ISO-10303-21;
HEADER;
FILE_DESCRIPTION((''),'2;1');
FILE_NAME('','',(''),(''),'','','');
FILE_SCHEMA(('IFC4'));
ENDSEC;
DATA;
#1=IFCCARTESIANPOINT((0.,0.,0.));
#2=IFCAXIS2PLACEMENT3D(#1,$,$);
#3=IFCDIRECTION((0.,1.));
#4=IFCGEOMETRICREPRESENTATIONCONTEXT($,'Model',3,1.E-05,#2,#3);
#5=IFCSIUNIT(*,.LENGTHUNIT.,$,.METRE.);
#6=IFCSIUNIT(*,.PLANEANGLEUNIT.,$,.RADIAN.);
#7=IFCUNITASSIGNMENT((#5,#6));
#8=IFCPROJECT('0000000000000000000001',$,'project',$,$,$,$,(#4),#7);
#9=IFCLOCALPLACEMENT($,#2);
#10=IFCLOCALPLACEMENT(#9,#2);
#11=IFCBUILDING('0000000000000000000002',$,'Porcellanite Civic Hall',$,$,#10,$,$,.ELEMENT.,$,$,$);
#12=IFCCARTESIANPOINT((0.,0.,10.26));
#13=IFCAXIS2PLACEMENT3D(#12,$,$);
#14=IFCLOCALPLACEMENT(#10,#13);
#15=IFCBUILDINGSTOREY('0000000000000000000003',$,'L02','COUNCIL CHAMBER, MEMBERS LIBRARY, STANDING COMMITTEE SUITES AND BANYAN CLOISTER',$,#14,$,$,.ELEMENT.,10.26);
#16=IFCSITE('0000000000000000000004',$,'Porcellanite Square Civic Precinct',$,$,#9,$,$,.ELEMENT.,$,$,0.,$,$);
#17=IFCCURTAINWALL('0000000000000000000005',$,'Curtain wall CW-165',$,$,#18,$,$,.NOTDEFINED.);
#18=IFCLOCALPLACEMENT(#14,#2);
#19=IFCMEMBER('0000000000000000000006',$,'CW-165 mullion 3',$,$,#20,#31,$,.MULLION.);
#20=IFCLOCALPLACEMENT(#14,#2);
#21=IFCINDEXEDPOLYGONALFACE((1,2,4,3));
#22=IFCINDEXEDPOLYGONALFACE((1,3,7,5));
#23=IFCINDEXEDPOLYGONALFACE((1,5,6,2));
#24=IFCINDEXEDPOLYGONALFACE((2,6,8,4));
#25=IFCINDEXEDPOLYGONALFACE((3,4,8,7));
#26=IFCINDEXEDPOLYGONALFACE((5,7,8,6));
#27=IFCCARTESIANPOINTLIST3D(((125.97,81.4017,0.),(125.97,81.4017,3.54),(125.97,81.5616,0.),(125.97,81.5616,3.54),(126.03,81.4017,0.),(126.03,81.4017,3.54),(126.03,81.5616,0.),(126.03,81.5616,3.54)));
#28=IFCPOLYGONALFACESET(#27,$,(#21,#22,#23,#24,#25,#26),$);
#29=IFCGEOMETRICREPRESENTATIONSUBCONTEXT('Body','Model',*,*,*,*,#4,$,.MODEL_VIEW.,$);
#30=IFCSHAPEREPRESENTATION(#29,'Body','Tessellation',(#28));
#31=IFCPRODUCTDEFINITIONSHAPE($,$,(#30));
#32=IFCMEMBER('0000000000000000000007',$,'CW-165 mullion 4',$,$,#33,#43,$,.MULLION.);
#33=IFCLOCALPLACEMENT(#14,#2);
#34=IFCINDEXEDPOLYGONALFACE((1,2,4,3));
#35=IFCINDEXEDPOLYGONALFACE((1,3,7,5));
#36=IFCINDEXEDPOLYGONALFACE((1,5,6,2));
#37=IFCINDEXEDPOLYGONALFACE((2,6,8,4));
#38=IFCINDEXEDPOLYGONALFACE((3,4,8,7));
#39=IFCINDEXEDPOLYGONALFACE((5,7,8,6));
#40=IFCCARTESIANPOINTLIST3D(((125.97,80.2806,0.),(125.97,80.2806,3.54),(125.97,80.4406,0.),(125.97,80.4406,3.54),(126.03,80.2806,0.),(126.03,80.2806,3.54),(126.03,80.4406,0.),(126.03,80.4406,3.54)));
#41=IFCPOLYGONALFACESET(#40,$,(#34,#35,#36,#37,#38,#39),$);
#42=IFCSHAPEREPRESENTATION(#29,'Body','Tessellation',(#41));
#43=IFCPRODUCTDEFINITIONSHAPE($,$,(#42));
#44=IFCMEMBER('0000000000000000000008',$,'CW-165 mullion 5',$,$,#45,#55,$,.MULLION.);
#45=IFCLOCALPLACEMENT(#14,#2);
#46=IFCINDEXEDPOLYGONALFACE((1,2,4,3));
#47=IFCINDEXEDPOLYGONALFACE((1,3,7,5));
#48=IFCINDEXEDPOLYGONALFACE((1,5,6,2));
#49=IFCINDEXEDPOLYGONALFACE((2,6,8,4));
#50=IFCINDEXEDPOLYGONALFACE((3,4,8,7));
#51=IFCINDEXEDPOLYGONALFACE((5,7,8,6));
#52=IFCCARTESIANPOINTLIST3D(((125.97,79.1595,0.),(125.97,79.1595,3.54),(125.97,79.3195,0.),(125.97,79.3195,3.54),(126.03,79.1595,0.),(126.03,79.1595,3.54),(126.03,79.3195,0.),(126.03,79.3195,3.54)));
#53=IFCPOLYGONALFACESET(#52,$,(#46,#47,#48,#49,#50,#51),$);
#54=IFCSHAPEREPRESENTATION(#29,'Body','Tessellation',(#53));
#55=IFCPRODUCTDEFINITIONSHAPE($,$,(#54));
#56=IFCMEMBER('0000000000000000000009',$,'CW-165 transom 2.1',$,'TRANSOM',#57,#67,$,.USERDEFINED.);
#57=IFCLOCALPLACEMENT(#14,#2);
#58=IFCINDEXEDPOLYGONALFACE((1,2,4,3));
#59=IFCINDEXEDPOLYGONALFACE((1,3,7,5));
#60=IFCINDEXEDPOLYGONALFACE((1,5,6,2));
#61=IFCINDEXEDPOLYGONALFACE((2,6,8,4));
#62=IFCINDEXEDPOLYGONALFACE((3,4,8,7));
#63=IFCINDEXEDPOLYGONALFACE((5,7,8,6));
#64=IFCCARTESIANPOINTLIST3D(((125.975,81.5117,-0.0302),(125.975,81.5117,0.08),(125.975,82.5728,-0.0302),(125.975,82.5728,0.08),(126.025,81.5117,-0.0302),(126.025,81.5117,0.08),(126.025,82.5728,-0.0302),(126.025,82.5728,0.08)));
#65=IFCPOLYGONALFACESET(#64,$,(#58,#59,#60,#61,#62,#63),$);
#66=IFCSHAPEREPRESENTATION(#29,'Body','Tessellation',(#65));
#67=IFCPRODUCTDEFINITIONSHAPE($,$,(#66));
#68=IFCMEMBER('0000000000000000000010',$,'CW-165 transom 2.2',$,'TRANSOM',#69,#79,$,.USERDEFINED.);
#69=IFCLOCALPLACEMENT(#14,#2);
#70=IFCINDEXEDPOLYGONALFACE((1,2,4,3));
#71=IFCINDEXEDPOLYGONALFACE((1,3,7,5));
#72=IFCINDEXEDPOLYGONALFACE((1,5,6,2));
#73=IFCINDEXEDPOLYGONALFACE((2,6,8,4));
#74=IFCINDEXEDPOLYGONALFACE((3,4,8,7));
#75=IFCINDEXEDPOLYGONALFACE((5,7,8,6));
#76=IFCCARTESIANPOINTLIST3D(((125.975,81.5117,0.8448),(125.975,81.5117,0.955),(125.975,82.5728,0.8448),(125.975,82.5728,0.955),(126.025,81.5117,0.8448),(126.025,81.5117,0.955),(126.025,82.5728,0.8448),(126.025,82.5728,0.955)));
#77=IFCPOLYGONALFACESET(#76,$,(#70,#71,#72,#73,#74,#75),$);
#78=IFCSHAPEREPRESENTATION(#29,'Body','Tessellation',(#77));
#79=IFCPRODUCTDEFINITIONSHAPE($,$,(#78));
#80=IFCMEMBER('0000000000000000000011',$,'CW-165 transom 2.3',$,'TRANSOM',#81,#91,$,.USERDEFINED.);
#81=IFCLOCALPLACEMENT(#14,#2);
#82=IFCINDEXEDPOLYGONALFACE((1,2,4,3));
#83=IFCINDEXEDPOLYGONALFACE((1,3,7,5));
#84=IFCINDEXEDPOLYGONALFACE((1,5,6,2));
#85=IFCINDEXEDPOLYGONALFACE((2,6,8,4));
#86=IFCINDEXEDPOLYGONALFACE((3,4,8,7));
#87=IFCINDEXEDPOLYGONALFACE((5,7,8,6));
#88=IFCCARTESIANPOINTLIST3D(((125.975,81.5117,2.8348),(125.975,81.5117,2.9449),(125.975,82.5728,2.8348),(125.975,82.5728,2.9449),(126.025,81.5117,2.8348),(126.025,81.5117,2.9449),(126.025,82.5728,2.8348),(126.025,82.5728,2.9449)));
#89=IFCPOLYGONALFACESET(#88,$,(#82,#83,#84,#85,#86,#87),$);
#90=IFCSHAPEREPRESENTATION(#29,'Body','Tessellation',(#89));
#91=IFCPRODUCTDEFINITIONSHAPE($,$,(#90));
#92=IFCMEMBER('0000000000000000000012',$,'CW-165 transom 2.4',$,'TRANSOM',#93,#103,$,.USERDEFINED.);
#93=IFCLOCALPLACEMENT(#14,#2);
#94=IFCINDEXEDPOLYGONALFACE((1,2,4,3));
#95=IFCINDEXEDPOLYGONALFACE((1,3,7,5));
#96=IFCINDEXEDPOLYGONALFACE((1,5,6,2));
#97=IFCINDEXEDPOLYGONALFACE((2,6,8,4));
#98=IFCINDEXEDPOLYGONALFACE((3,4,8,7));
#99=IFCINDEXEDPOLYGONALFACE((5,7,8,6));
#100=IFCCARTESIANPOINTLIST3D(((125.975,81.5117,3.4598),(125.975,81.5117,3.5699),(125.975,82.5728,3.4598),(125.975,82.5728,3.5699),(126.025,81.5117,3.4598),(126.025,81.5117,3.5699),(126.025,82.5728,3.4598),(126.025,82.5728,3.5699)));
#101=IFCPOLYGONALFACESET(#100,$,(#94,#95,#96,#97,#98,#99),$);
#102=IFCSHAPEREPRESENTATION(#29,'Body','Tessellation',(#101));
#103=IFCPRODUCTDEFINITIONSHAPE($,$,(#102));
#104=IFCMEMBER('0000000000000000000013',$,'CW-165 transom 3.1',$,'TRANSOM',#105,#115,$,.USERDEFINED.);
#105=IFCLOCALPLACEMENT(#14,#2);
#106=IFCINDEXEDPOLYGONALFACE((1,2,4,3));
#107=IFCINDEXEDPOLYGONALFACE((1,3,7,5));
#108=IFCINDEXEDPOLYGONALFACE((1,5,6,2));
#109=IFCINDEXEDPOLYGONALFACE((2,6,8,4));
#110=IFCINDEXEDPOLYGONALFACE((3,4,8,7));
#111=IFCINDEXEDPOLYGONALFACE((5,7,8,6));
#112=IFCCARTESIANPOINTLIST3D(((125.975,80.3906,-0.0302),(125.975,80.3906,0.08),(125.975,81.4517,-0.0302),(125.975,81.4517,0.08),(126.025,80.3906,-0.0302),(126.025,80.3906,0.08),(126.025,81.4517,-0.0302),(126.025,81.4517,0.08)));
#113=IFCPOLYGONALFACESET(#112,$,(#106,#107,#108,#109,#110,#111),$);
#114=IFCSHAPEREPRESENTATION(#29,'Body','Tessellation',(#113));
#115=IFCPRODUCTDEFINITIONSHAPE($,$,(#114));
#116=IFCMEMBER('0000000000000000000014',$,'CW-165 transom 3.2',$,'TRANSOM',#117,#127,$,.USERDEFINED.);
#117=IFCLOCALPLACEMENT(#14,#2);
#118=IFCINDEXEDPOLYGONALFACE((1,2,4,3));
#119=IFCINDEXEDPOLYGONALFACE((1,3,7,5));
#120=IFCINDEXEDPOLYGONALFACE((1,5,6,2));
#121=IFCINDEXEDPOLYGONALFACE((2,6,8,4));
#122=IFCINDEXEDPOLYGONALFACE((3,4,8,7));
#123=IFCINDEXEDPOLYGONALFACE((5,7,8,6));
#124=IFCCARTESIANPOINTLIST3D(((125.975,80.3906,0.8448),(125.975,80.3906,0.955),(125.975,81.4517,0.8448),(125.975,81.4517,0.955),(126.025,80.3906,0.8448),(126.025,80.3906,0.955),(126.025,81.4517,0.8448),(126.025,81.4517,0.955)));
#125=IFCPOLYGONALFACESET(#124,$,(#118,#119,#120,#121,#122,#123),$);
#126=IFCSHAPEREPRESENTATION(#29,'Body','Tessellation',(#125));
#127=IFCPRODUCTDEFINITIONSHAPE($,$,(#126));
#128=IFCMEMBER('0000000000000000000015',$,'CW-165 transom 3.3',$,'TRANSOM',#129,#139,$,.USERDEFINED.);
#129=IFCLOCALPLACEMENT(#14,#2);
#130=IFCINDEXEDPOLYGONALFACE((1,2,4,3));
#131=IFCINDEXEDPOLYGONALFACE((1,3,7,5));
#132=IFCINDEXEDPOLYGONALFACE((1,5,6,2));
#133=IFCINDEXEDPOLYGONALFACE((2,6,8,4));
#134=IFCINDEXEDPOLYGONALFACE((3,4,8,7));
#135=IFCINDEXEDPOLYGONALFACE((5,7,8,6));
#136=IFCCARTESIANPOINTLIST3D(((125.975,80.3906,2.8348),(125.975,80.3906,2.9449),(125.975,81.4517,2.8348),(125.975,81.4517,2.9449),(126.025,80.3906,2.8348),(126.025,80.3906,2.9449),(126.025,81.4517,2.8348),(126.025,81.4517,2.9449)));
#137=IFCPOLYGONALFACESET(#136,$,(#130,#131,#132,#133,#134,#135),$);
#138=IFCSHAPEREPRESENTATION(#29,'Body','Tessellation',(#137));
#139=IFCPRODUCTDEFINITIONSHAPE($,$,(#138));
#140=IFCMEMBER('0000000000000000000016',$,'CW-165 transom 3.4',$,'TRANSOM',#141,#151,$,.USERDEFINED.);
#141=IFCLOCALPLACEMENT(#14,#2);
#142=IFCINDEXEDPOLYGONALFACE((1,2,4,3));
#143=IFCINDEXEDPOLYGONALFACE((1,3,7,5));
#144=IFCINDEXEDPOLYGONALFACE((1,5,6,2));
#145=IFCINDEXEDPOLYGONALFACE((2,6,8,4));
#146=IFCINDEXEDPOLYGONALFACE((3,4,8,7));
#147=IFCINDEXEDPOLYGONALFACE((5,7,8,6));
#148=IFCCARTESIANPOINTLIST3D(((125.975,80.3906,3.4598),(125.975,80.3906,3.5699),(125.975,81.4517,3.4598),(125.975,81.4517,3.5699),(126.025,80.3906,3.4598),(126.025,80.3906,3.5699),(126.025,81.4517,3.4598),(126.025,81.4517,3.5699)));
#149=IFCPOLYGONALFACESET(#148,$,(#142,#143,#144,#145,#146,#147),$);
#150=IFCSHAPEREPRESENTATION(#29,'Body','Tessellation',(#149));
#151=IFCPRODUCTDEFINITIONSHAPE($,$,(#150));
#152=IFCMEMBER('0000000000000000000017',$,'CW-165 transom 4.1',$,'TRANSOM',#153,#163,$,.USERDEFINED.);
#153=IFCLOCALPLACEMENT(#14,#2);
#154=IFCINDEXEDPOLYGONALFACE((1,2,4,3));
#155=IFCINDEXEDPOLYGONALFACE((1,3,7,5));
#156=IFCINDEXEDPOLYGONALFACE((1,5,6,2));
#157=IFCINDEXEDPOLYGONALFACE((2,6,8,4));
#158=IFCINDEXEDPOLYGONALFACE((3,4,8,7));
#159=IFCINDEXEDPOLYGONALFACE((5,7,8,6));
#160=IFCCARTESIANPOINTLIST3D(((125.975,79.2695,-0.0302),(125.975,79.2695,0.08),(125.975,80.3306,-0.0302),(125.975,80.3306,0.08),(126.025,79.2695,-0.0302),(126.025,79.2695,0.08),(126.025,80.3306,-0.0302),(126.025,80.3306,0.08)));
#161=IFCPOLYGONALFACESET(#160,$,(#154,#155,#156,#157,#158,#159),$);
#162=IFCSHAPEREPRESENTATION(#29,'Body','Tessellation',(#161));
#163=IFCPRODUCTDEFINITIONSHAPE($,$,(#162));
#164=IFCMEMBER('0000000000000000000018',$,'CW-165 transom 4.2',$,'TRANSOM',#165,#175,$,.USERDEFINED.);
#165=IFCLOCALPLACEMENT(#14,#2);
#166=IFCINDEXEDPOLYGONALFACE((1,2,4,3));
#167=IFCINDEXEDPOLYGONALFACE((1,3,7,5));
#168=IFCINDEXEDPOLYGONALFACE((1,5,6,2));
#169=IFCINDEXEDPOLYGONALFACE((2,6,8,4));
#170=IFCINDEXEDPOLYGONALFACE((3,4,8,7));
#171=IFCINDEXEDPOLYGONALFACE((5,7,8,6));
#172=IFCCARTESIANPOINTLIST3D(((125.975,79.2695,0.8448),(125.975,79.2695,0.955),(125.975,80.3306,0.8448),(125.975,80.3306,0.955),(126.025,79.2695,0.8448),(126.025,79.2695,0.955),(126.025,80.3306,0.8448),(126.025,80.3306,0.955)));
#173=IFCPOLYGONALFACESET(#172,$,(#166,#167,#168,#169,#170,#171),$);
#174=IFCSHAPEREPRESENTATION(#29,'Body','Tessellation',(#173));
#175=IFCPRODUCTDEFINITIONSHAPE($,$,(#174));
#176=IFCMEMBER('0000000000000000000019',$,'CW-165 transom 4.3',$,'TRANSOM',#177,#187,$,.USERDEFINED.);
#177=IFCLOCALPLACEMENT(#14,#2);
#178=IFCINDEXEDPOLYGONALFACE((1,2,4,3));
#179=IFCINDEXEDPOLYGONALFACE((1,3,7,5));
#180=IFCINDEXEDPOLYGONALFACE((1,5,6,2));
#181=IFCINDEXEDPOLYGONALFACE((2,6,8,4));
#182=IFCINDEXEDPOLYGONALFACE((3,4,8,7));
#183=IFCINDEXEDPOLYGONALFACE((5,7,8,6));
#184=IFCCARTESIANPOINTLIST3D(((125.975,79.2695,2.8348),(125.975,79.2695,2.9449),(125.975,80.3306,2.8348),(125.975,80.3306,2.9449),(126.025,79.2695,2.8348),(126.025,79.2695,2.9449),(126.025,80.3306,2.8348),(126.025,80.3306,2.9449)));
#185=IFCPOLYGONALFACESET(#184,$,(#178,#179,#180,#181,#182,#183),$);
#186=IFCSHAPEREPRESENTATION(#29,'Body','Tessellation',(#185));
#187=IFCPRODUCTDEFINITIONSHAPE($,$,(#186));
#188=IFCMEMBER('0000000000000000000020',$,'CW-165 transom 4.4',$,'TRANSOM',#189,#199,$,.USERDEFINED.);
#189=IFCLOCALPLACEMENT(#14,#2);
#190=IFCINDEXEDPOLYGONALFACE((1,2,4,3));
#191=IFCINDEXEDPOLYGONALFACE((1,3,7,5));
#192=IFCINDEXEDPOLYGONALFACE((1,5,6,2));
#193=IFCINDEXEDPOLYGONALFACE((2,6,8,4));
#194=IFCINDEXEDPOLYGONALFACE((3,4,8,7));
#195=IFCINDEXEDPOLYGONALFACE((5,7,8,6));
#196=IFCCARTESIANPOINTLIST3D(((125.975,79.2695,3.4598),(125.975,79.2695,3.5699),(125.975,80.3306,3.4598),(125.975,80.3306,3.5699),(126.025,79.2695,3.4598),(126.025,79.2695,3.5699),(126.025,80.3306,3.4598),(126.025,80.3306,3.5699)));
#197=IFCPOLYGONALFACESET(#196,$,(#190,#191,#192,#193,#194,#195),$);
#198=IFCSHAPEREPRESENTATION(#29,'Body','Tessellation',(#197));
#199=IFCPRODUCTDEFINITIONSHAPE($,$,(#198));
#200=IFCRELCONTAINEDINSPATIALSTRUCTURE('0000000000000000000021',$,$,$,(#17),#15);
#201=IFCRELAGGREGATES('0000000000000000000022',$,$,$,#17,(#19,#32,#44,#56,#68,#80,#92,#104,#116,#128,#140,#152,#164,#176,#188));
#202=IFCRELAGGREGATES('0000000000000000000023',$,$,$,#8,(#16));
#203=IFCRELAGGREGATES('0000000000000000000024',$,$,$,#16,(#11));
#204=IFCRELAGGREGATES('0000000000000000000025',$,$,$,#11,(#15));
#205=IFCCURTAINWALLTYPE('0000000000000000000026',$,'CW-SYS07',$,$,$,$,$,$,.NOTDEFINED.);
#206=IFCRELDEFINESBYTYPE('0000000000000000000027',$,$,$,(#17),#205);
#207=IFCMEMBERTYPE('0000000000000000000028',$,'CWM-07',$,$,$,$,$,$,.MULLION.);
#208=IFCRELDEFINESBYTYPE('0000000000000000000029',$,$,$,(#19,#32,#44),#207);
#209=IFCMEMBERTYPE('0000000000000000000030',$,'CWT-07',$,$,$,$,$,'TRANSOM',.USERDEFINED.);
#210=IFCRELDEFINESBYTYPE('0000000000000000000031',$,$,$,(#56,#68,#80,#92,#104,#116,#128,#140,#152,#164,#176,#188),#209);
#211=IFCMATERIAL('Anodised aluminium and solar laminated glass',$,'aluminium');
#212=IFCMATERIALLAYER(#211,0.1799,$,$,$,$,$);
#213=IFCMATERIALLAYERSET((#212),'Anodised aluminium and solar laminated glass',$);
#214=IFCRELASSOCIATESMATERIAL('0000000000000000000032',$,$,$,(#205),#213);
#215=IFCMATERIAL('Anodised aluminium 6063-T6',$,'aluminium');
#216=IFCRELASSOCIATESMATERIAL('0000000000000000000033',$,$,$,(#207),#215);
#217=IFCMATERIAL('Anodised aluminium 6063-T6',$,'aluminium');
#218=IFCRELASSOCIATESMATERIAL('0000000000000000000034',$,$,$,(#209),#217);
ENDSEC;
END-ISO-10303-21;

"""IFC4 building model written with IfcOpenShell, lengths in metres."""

from ifc_helpers import new_model, si_unit, direction, frame, origin, origin_2d, place, context, subcontext, project, spatial, rectangle, extrude, material, layer, layer_set, material_profile, profile_set, type_object, element, aggregate, save


model = new_model("IFC4")

# Units and contexts
model_context = context("Model", 3, precision=1e-05, world=origin(), true_north=direction((0.0, 1.0)))
body_context = subcontext(model_context, "Body", "Model", "MODEL_VIEW")
ifc_project = project(units=[si_unit("LENGTHUNIT", "METRE"), si_unit("PLANEANGLEUNIT", "RADIAN")], contexts=[model_context])

# Site, building, storey
site_placement = place(None, origin())
site = spatial("IfcSite", under=ifc_project, at=site_placement, Name="Porcellanite Square Civic Precinct", CompositionType="ELEMENT", RefElevation=0.0)
building_placement = place(site_placement, origin())
building = spatial("IfcBuilding", under=site, at=building_placement, Name="Porcellanite Civic Hall", CompositionType="ELEMENT")
storey_placement = place(building_placement, frame((0.0, 0.0, 10.26)))
storey = spatial("IfcBuildingStorey", under=building, at=storey_placement, Name="L02", Description="COUNCIL CHAMBER, MEMBERS LIBRARY, STANDING COMMITTEE SUITES AND BANYAN CLOISTER", CompositionType="ELEMENT", Elevation=10.26)

# Curtain wall, members
ifc_material_1 = material(Name="Anodised aluminium and solar laminated glass", Category="aluminium")
ifc_layer_1 = layer(ifc_material_1, 0.1799)
ifc_layer_set_1 = layer_set([ifc_layer_1], Name="Anodised aluminium and solar laminated glass")
curtain_wall_type = type_object("IfcCurtainWallType", Name="CW-SYS07", PredefinedType="NOTDEFINED", material=ifc_layer_set_1)
curtain_wall_placement = place(storey_placement, origin())
curtain_wall = element("IfcCurtainWall", 1, at=curtain_wall_placement, inside=storey, type_object=curtain_wall_type, Name="Curtain wall CW-165", PredefinedType="NOTDEFINED")
ifc_material_2 = material(Name="Anodised aluminium 6063-T6", Category="aluminium")
ifc_material_profile_1 = material_profile(ifc_material_2, rectangle(XDim=0.0601, YDim=0.1599, at=origin_2d()), Name="AL-60x160")
ifc_profile_set_1 = profile_set([ifc_material_profile_1], Name="Anodised aluminium 6063-T6")
member_type_1 = type_object("IfcMemberType", Name="CWM-07", PredefinedType="MULLION", material=ifc_profile_set_1)
member_1_placement = place(storey_placement, frame((126.0, 81.4817, 0.0), z_axis=(0.0, 0.0, 1.0), x_axis=(1.0, 0.0, 0.0)))
member_1 = element("IfcMember", 2, at=member_1_placement, type_object=member_type_1, Name="CW-165 mullion 3", PredefinedType="MULLION", context=body_context, shape_type="SweptSolid", body=[
    extrude(rectangle(XDim=0.0601, YDim=0.1599, at=origin_2d()), origin(), (0.0, 0.0, 1.0), 3.54),
])
member_2_placement = place(storey_placement, frame((126.0, 80.3606, 0.0), z_axis=(0.0, 0.0, 1.0), x_axis=(1.0, 0.0, 0.0)))
member_2 = element("IfcMember", 3, at=member_2_placement, type_object=member_type_1, Name="CW-165 mullion 4", PredefinedType="MULLION", context=body_context, shape_type="SweptSolid", body=[
    extrude(rectangle(XDim=0.0601, YDim=0.1599, at=origin_2d()), origin(), (0.0, 0.0, 1.0), 3.54),
])
member_3_placement = place(storey_placement, frame((126.0, 79.2395, 0.0), z_axis=(0.0, 0.0, 1.0), x_axis=(1.0, 0.0, 0.0)))
member_3 = element("IfcMember", 4, at=member_3_placement, type_object=member_type_1, Name="CW-165 mullion 5", PredefinedType="MULLION", context=body_context, shape_type="SweptSolid", body=[
    extrude(rectangle(XDim=0.0601, YDim=0.1599, at=origin_2d()), origin(), (0.0, 0.0, 1.0), 3.54),
])
ifc_material_3 = material(Name="Anodised aluminium 6063-T6", Category="aluminium")
ifc_material_profile_2 = material_profile(ifc_material_3, rectangle(XDim=0.05, YDim=0.1101, at=origin_2d()), Name="AL-50x110")
ifc_profile_set_2 = profile_set([ifc_material_profile_2], Name="Anodised aluminium 6063-T6")
member_type_2 = type_object("IfcMemberType", Name="CWT-07", ElementType="TRANSOM", PredefinedType="USERDEFINED", material=ifc_profile_set_2)
member_4_placement = place(storey_placement, frame((126.0, 82.5728, 0.0249), z_axis=(0.0, -1.0, 0.0), x_axis=(1.0, 0.0, 0.0)))
member_4 = element("IfcMember", 5, at=member_4_placement, type_object=member_type_2, Name="CW-165 transom 2.1", ObjectType="TRANSOM", PredefinedType="USERDEFINED", context=body_context, shape_type="SweptSolid", body=[
    extrude(rectangle(XDim=0.05, YDim=0.1101, at=origin_2d()), origin(), (0.0, 0.0, 1.0), 1.061),
])
member_5_placement = place(storey_placement, frame((126.0, 82.5728, 0.8999), z_axis=(0.0, -1.0, 0.0), x_axis=(1.0, 0.0, 0.0)))
member_5 = element("IfcMember", 6, at=member_5_placement, type_object=member_type_2, Name="CW-165 transom 2.2", ObjectType="TRANSOM", PredefinedType="USERDEFINED", context=body_context, shape_type="SweptSolid", body=[
    extrude(rectangle(XDim=0.05, YDim=0.1101, at=origin_2d()), origin(), (0.0, 0.0, 1.0), 1.061),
])
member_6_placement = place(storey_placement, frame((126.0, 82.5728, 2.8899), z_axis=(0.0, -1.0, 0.0), x_axis=(1.0, 0.0, 0.0)))
member_6 = element("IfcMember", 7, at=member_6_placement, type_object=member_type_2, Name="CW-165 transom 2.3", ObjectType="TRANSOM", PredefinedType="USERDEFINED", context=body_context, shape_type="SweptSolid", body=[
    extrude(rectangle(XDim=0.05, YDim=0.1101, at=origin_2d()), origin(), (0.0, 0.0, 1.0), 1.061),
])
member_7_placement = place(storey_placement, frame((126.0, 82.5728, 3.5149), z_axis=(0.0, -1.0, 0.0), x_axis=(1.0, 0.0, 0.0)))
member_7 = element("IfcMember", 8, at=member_7_placement, type_object=member_type_2, Name="CW-165 transom 2.4", ObjectType="TRANSOM", PredefinedType="USERDEFINED", context=body_context, shape_type="SweptSolid", body=[
    extrude(rectangle(XDim=0.05, YDim=0.1101, at=origin_2d()), origin(), (0.0, 0.0, 1.0), 1.061),
])
member_8_placement = place(storey_placement, frame((126.0, 81.4517, 0.0249), z_axis=(0.0, -1.0, 0.0), x_axis=(1.0, 0.0, 0.0)))
member_8 = element("IfcMember", 9, at=member_8_placement, type_object=member_type_2, Name="CW-165 transom 3.1", ObjectType="TRANSOM", PredefinedType="USERDEFINED", context=body_context, shape_type="SweptSolid", body=[
    extrude(rectangle(XDim=0.05, YDim=0.1101, at=origin_2d()), origin(), (0.0, 0.0, 1.0), 1.061),
])
member_9_placement = place(storey_placement, frame((126.0, 81.4517, 0.8999), z_axis=(0.0, -1.0, 0.0), x_axis=(1.0, 0.0, 0.0)))
member_9 = element("IfcMember", 10, at=member_9_placement, type_object=member_type_2, Name="CW-165 transom 3.2", ObjectType="TRANSOM", PredefinedType="USERDEFINED", context=body_context, shape_type="SweptSolid", body=[
    extrude(rectangle(XDim=0.05, YDim=0.1101, at=origin_2d()), origin(), (0.0, 0.0, 1.0), 1.061),
])
member_10_placement = place(storey_placement, frame((126.0, 81.4517, 2.8899), z_axis=(0.0, -1.0, 0.0), x_axis=(1.0, 0.0, 0.0)))
member_10 = element("IfcMember", 11, at=member_10_placement, type_object=member_type_2, Name="CW-165 transom 3.3", ObjectType="TRANSOM", PredefinedType="USERDEFINED", context=body_context, shape_type="SweptSolid", body=[
    extrude(rectangle(XDim=0.05, YDim=0.1101, at=origin_2d()), origin(), (0.0, 0.0, 1.0), 1.061),
])
member_11_placement = place(storey_placement, frame((126.0, 81.4517, 3.5149), z_axis=(0.0, -1.0, 0.0), x_axis=(1.0, 0.0, 0.0)))
member_11 = element("IfcMember", 12, at=member_11_placement, type_object=member_type_2, Name="CW-165 transom 3.4", ObjectType="TRANSOM", PredefinedType="USERDEFINED", context=body_context, shape_type="SweptSolid", body=[
    extrude(rectangle(XDim=0.05, YDim=0.1101, at=origin_2d()), origin(), (0.0, 0.0, 1.0), 1.061),
])
member_12_placement = place(storey_placement, frame((126.0, 80.3306, 0.0249), z_axis=(0.0, -1.0, 0.0), x_axis=(1.0, 0.0, 0.0)))
member_12 = element("IfcMember", 13, at=member_12_placement, type_object=member_type_2, Name="CW-165 transom 4.1", ObjectType="TRANSOM", PredefinedType="USERDEFINED", context=body_context, shape_type="SweptSolid", body=[
    extrude(rectangle(XDim=0.05, YDim=0.1101, at=origin_2d()), origin(), (0.0, 0.0, 1.0), 1.061),
])
member_13_placement = place(storey_placement, frame((126.0, 80.3306, 0.8999), z_axis=(0.0, -1.0, 0.0), x_axis=(1.0, 0.0, 0.0)))
member_13 = element("IfcMember", 14, at=member_13_placement, type_object=member_type_2, Name="CW-165 transom 4.2", ObjectType="TRANSOM", PredefinedType="USERDEFINED", context=body_context, shape_type="SweptSolid", body=[
    extrude(rectangle(XDim=0.05, YDim=0.1101, at=origin_2d()), origin(), (0.0, 0.0, 1.0), 1.061),
])
member_14_placement = place(storey_placement, frame((126.0, 80.3306, 2.8899), z_axis=(0.0, -1.0, 0.0), x_axis=(1.0, 0.0, 0.0)))
member_14 = element("IfcMember", 15, at=member_14_placement, type_object=member_type_2, Name="CW-165 transom 4.3", ObjectType="TRANSOM", PredefinedType="USERDEFINED", context=body_context, shape_type="SweptSolid", body=[
    extrude(rectangle(XDim=0.05, YDim=0.1101, at=origin_2d()), origin(), (0.0, 0.0, 1.0), 1.061),
])
member_15_placement = place(storey_placement, frame((126.0, 80.3306, 3.5149), z_axis=(0.0, -1.0, 0.0), x_axis=(1.0, 0.0, 0.0)))
member_15 = element("IfcMember", 16, at=member_15_placement, type_object=member_type_2, Name="CW-165 transom 4.4", ObjectType="TRANSOM", PredefinedType="USERDEFINED", context=body_context, shape_type="SweptSolid", body=[
    extrude(rectangle(XDim=0.05, YDim=0.1101, at=origin_2d()), origin(), (0.0, 0.0, 1.0), 1.061),
])
aggregate(curtain_wall, [member_1, member_2, member_3, member_4, member_5, member_6, member_7, member_8, member_9, member_10, member_11, member_12, member_13, member_14, member_15])

save(model, "model.ifc")
